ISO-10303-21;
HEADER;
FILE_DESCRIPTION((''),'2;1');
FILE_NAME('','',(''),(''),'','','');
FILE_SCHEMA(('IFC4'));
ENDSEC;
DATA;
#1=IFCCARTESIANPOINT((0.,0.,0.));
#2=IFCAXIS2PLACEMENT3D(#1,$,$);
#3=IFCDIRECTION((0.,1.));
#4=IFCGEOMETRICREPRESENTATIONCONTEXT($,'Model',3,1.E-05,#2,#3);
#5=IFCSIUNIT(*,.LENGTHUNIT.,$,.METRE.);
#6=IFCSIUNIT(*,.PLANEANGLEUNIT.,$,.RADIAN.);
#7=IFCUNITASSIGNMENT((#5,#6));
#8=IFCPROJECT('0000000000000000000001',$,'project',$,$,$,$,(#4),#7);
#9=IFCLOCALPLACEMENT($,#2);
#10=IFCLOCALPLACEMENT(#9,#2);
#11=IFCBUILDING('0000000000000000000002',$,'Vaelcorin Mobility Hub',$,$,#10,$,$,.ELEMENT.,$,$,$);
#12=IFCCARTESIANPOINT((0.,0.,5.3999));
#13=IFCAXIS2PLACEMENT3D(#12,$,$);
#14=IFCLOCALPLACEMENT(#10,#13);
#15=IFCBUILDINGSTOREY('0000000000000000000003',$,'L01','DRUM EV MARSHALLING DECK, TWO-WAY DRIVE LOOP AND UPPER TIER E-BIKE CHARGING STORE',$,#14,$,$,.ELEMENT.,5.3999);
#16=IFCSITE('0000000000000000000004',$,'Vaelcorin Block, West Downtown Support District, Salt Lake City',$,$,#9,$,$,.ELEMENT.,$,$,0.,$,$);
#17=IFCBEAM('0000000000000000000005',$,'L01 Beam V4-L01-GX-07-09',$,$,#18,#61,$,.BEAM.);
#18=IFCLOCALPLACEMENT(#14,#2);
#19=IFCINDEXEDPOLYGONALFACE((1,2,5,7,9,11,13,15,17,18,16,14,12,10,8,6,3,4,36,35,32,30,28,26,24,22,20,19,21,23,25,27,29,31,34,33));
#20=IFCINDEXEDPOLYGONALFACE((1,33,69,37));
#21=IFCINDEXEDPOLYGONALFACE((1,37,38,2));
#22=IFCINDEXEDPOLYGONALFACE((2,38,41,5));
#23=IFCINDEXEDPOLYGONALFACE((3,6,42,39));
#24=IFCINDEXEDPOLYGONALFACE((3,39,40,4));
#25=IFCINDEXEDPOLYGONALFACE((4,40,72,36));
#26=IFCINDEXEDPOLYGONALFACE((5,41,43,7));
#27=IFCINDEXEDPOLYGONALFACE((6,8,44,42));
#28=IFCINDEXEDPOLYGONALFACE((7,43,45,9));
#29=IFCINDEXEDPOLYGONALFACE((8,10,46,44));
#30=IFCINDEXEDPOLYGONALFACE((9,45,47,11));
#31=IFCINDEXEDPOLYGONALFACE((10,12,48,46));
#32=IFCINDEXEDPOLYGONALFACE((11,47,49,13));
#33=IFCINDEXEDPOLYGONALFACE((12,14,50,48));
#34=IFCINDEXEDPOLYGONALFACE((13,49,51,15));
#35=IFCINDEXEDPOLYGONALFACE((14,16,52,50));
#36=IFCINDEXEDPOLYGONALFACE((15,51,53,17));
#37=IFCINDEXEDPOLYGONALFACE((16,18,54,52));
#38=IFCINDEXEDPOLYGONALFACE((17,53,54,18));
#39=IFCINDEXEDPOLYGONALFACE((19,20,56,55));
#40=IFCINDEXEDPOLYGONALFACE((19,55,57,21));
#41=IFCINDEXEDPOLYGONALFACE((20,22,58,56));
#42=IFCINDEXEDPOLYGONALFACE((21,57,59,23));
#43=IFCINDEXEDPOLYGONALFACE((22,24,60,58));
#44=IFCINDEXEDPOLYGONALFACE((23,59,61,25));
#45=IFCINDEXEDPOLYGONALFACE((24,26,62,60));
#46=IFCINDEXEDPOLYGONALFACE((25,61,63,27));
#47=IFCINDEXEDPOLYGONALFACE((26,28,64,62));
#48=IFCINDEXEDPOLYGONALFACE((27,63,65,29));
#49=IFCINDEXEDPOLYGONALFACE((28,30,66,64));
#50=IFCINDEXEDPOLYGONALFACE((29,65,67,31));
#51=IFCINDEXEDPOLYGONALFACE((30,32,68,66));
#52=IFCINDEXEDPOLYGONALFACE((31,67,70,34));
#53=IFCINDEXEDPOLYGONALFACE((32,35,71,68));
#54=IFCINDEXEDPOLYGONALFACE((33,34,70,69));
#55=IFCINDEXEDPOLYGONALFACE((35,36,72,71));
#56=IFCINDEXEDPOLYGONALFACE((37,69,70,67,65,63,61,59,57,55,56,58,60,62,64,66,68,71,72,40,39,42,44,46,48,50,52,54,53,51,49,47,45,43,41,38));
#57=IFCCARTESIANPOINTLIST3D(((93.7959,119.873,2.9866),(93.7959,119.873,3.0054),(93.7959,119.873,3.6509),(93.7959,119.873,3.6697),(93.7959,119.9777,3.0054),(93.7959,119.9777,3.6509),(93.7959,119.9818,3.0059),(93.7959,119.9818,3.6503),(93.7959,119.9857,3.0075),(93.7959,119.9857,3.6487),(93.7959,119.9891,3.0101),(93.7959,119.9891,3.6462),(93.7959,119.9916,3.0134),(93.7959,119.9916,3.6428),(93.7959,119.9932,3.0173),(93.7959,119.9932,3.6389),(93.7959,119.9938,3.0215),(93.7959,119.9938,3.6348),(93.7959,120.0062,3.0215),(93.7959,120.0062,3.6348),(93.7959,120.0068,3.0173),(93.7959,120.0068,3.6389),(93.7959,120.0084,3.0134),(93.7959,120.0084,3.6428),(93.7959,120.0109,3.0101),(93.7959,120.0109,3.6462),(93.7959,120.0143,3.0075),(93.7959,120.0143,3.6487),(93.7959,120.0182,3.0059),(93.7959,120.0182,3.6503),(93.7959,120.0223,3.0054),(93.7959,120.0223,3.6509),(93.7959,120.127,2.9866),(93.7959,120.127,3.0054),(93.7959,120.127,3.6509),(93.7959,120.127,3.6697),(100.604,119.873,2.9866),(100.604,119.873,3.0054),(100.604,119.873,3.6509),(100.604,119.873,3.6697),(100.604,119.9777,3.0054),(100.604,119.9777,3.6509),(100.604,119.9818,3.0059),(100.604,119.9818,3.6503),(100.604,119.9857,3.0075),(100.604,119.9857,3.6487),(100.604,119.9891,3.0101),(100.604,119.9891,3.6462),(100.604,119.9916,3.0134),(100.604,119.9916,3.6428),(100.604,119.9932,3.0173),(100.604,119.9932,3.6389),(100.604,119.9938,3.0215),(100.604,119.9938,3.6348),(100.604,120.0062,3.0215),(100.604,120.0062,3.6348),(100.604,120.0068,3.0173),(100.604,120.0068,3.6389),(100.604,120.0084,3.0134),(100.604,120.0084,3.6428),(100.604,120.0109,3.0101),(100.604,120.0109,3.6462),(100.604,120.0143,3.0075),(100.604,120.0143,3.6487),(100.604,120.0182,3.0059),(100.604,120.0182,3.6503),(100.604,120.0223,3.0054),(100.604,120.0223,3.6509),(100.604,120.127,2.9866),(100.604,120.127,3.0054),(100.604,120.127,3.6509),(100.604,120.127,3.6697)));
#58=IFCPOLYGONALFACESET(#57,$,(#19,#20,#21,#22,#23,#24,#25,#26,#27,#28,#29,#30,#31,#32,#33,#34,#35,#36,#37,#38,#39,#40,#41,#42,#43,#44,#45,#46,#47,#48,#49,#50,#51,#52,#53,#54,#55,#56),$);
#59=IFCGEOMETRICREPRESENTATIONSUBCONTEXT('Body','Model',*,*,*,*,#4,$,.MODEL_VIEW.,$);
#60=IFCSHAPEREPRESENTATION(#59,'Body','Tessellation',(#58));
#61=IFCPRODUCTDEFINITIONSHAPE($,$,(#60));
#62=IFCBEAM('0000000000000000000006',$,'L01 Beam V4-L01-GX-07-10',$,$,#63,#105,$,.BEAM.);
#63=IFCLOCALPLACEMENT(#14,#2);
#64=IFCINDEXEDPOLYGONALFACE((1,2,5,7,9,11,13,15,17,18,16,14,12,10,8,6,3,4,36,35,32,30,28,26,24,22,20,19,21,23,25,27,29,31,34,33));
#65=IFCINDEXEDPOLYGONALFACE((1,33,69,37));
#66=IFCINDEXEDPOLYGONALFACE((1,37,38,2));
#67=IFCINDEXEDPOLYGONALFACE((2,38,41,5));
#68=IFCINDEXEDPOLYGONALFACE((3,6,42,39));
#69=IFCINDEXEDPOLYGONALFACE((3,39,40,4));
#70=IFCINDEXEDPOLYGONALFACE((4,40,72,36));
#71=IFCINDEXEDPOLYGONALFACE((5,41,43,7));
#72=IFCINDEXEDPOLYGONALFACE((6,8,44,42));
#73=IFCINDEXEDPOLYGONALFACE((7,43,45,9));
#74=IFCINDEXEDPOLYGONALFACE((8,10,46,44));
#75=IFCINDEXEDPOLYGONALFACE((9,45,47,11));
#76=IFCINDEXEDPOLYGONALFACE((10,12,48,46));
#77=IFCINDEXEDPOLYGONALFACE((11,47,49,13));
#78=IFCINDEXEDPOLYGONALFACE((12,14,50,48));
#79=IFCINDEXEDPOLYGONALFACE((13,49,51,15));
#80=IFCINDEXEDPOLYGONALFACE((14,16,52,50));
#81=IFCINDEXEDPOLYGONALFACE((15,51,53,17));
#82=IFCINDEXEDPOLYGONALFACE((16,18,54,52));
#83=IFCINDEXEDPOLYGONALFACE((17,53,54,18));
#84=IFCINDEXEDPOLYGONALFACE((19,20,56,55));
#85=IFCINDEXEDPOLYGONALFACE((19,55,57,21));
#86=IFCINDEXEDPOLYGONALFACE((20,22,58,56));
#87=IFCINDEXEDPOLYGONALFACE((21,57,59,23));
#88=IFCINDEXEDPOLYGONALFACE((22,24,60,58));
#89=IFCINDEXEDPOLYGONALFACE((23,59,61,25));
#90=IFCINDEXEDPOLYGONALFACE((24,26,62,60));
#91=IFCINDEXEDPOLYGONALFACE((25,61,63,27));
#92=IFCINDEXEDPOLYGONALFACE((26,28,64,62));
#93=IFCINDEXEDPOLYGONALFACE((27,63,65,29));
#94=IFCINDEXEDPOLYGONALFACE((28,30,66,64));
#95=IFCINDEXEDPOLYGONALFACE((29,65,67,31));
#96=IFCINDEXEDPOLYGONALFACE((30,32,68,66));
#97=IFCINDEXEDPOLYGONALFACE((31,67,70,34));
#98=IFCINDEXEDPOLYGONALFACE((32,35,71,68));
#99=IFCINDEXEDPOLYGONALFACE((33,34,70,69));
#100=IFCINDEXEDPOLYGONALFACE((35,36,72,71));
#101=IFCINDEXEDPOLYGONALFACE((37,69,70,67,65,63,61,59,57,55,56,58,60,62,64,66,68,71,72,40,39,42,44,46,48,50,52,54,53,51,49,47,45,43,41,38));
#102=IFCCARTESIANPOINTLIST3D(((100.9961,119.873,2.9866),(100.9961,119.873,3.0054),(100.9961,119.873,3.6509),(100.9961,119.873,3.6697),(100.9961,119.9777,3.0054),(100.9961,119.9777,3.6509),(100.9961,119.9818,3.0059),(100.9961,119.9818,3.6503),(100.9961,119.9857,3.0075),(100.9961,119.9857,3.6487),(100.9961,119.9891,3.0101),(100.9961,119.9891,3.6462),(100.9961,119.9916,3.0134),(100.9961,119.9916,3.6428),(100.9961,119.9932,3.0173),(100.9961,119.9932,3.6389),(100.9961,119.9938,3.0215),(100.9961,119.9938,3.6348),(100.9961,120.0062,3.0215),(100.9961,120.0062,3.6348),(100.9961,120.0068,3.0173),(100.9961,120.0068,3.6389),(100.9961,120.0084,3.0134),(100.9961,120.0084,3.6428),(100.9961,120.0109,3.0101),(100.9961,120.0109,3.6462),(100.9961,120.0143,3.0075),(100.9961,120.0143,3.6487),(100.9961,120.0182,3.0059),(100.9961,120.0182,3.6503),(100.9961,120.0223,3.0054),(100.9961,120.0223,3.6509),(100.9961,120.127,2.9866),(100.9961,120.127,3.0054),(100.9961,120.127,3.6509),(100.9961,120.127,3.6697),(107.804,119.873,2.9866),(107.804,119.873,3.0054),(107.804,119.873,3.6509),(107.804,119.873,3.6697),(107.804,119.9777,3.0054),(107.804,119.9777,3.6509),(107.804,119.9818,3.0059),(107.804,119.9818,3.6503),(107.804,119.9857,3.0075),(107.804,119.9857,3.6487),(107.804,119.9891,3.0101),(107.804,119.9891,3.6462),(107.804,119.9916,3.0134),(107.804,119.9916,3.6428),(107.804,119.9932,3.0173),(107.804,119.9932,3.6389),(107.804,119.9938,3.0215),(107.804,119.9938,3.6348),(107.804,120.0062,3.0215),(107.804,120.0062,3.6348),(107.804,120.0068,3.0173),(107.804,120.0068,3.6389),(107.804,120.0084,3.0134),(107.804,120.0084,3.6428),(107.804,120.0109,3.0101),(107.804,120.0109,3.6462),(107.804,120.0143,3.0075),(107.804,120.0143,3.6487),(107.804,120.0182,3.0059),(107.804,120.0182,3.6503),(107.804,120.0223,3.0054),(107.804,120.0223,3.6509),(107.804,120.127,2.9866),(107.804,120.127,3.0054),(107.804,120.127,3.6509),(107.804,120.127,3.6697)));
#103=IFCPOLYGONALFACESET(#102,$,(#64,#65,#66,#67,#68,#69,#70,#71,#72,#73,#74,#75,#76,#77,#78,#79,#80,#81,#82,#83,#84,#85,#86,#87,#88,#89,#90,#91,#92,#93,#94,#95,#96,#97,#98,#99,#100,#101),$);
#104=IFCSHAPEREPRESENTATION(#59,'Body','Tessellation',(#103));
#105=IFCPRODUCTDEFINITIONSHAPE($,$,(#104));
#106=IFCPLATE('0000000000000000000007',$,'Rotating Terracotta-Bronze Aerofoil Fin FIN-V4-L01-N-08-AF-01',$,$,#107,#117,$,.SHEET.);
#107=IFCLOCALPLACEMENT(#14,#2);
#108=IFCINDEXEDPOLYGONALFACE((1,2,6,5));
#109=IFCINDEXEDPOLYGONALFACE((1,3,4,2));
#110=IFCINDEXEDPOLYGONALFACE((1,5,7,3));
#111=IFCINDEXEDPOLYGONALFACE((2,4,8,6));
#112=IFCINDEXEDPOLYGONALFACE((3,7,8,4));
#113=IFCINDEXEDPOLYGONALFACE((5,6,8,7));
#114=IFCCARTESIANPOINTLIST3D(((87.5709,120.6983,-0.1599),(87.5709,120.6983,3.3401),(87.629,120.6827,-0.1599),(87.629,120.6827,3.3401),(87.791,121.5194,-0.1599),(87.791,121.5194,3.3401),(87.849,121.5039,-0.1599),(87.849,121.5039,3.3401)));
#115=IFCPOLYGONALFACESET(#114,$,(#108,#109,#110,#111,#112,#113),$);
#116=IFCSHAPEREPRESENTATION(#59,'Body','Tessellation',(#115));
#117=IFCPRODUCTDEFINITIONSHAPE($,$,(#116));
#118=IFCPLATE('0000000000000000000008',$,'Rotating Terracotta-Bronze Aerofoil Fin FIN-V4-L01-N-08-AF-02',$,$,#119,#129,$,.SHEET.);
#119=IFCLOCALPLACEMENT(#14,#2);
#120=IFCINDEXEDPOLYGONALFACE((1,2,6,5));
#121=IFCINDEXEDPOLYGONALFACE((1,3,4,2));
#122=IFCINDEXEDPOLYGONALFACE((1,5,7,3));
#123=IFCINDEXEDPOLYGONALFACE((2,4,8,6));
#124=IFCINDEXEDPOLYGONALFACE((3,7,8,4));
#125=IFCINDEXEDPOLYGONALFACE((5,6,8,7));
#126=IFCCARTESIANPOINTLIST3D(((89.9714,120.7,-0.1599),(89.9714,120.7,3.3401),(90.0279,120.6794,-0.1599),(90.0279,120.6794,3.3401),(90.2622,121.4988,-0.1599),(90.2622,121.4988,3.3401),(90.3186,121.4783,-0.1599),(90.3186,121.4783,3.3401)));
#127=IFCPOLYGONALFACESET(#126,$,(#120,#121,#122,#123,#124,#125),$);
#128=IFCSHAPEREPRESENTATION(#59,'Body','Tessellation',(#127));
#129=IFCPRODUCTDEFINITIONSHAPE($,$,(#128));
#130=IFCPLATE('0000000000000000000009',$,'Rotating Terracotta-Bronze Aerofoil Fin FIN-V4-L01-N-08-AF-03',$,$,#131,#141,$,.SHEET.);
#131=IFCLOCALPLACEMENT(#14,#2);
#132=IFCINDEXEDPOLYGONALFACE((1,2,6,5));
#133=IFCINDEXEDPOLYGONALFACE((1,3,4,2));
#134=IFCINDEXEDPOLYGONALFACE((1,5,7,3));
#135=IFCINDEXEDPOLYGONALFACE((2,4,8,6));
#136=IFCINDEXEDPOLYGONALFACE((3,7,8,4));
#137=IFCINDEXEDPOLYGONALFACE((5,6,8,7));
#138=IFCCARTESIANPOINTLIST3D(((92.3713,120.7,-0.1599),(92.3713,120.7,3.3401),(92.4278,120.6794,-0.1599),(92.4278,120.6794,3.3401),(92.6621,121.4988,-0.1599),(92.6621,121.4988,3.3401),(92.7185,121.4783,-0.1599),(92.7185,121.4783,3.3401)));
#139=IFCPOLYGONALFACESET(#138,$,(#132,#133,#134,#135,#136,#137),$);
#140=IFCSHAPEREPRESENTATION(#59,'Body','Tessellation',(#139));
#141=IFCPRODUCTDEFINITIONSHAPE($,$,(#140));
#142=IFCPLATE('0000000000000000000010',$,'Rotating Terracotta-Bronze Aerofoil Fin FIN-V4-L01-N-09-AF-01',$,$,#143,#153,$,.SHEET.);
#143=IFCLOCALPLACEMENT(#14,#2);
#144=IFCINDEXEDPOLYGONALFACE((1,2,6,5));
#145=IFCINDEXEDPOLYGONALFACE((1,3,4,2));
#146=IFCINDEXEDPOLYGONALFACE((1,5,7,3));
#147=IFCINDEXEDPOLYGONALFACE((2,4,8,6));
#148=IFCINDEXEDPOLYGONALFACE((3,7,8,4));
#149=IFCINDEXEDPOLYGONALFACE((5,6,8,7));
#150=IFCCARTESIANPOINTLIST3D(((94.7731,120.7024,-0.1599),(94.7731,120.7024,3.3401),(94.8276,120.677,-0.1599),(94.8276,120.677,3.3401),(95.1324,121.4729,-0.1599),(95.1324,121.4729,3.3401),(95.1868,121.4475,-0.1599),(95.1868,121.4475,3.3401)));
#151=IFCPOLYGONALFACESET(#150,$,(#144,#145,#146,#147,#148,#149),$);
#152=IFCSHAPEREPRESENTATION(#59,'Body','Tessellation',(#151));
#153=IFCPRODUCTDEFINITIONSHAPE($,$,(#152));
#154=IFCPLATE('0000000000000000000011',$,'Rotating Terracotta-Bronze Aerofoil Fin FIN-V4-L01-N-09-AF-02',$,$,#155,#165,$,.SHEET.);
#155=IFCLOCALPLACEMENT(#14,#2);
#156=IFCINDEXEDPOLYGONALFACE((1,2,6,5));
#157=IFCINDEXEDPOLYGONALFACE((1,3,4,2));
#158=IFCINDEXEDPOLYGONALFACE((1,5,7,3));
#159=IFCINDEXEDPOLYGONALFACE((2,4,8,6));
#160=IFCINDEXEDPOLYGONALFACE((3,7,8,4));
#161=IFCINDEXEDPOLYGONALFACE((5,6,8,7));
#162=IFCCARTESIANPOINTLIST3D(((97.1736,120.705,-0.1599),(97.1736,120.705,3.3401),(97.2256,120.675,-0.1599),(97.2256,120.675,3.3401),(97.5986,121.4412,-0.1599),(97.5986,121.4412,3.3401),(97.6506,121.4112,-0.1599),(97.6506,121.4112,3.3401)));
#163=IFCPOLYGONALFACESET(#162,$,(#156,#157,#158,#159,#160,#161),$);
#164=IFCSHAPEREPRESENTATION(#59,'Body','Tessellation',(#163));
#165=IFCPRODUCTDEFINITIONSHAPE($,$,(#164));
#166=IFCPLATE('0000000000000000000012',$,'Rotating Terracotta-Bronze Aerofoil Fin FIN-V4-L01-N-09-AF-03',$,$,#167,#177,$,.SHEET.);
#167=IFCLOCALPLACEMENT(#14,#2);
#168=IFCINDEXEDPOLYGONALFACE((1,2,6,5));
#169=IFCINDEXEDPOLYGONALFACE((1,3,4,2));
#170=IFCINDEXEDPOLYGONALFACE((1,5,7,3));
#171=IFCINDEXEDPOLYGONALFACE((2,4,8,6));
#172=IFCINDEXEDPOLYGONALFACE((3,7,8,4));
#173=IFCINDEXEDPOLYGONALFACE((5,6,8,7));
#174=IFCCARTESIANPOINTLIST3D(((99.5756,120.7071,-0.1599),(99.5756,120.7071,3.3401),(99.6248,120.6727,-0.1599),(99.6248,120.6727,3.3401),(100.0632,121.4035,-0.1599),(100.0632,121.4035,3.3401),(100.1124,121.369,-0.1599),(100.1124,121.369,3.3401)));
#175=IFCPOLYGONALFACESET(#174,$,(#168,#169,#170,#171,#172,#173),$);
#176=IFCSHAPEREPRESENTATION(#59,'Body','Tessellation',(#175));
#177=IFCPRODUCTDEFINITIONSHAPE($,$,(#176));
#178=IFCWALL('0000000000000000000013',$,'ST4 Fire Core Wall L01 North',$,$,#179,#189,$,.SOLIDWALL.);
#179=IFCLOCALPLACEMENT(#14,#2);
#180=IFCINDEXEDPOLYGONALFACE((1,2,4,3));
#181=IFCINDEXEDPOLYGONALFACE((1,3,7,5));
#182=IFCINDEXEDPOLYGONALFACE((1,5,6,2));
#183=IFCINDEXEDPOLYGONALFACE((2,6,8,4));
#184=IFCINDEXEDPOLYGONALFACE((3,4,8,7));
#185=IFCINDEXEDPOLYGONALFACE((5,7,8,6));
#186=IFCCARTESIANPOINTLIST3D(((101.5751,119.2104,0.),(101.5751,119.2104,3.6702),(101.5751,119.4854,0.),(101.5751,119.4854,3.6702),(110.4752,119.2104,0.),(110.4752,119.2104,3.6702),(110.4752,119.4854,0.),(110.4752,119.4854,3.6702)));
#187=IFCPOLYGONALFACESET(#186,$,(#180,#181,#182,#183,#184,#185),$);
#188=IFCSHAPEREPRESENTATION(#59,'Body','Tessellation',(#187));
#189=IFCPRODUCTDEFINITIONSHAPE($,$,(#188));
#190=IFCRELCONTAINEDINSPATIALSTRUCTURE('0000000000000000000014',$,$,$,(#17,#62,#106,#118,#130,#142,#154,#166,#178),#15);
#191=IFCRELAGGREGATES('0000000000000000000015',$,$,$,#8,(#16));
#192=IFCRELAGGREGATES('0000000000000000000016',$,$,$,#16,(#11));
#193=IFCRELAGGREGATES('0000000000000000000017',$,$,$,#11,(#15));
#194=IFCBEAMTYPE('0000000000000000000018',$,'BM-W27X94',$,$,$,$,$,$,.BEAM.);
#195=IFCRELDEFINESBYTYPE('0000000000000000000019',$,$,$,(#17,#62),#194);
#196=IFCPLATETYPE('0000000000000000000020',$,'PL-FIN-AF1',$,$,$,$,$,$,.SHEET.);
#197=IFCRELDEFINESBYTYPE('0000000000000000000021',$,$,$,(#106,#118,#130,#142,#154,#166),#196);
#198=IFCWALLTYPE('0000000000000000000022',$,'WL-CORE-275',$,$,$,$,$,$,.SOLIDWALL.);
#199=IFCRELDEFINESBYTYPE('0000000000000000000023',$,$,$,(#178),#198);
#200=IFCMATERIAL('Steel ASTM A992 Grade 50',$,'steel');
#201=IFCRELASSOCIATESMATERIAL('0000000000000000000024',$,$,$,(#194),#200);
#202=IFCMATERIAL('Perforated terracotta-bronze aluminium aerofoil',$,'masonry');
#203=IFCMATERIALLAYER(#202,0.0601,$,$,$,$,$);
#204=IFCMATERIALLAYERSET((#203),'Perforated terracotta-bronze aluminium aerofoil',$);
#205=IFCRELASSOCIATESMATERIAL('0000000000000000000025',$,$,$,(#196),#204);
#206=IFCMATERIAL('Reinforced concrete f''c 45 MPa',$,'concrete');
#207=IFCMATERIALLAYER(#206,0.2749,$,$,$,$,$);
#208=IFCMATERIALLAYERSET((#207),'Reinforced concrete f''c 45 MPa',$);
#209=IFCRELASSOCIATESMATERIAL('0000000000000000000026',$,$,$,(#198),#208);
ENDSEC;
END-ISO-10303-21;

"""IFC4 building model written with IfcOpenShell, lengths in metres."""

from ifc_helpers import new_model, si_unit, direction, frame, frame_2d, origin, origin_2d, place, context, subcontext, project, spatial, rectangle, i_section, extrude, material, layer, layer_set, material_profile, profile_set, type_object, element, save


model = new_model("IFC4")

# Units and contexts
model_context = context("Model", 3, precision=1e-05, world=origin(), true_north=direction((0.0, 1.0)))
body_context = subcontext(model_context, "Body", "Model", "MODEL_VIEW")
ifc_project = project(units=[si_unit("LENGTHUNIT", "METRE"), si_unit("PLANEANGLEUNIT", "RADIAN")], contexts=[model_context])

# Site, building, storey
site_placement = place(None, origin())
site = spatial("IfcSite", under=ifc_project, at=site_placement, Name="Vaelcorin Block, West Downtown Support District, Salt Lake City", CompositionType="ELEMENT", RefElevation=0.0)
building_placement = place(site_placement, origin())
building = spatial("IfcBuilding", under=site, at=building_placement, Name="Vaelcorin Mobility Hub", CompositionType="ELEMENT")
storey_placement = place(building_placement, frame((0.0, 0.0, 5.3999)))
storey = spatial("IfcBuildingStorey", under=building, at=storey_placement, Name="L01", Description="DRUM EV MARSHALLING DECK, TWO-WAY DRIVE LOOP AND UPPER TIER E-BIKE CHARGING STORE", CompositionType="ELEMENT", Elevation=5.3999)

# Shared definitions
ifc_material_1 = material(Name="Steel ASTM A992 Grade 50", Category="steel")

# Beams
ifc_material_profile_1 = material_profile(ifc_material_1, i_section(OverallWidth=0.2539, OverallDepth=0.6831, WebThickness=0.0125, FlangeThickness=0.0188, FilletRadius=0.0161, at=origin_2d()), Name="W27X94")
ifc_profile_set_1 = profile_set([ifc_material_profile_1], Name="Steel ASTM A992 Grade 50")
beam_type_1 = type_object("IfcBeamType", Name="BM-W27X94", PredefinedType="BEAM", material=ifc_profile_set_1)
for number, where, z_axis, x_axis, name in (
    (1, (93.7959, 120.0, 3.3281), (1.0, 0.0, 0.0), (0.0, 1.0, 0.0), "L01 Beam V4-L01-GX-07-09"),
):
    element("IfcBeam", number, at=place(storey_placement, frame(where, z_axis=z_axis, x_axis=x_axis)), inside=storey, type_object=beam_type_1, Name=name, PredefinedType="BEAM", context=body_context, shape_type="SweptSolid", body=[
        extrude(i_section(OverallWidth=0.2539, OverallDepth=0.6831, WebThickness=0.0125, FlangeThickness=0.0188, FilletRadius=0.0161, at=origin_2d()), origin(), (0.0, 0.0, 1.0), 6.8081),
    ])
beam_1_placement = place(storey_placement, frame((100.9961, 120.0, 3.3281), z_axis=(1.0, 0.0, 0.0), x_axis=(0.0, 1.0, 0.0)))
element("IfcBeam", 2, at=beam_1_placement, inside=storey, type_object=beam_type_1, Name="L01 Beam V4-L01-GX-07-10", PredefinedType="BEAM", context=body_context, shape_type="SweptSolid", body=[
    extrude(i_section(OverallWidth=0.2539, OverallDepth=0.6831, WebThickness=0.0125, FlangeThickness=0.0188, FilletRadius=0.0161, at=origin_2d()), origin(), (0.0, 0.0, 1.0), 6.8079),
])

# Plates
ifc_material_2 = material(Name="Perforated terracotta-bronze aluminium aerofoil", Category="masonry")
ifc_layer_1 = layer(ifc_material_2, 0.0601)
ifc_layer_set_1 = layer_set([ifc_layer_1], Name="Perforated terracotta-bronze aluminium aerofoil")
plate_type = type_object("IfcPlateType", Name="PL-FIN-AF1", PredefinedType="SHEET", material=ifc_layer_set_1)
for number, where, z_axis, x_axis, name in (
    (3, (87.71, 121.1011, -0.1599), (0.0, 0.0, 1.0), (0.258819, 0.965926, 0.0), "Rotating Terracotta-Bronze Aerofoil Fin FIN-V4-L01-N-08-AF-01"),
    (4, (90.145, 121.0891, -0.1599), (0.0, 0.0, 1.0), (0.34202, 0.939693, 0.0), "Rotating Terracotta-Bronze Aerofoil Fin FIN-V4-L01-N-08-AF-02"),
    (5, (92.5449, 121.0891, -0.1599), (0.0, 0.0, 1.0), (0.34202, 0.939693, 0.0), "Rotating Terracotta-Bronze Aerofoil Fin FIN-V4-L01-N-08-AF-03"),
    (6, (94.98, 121.075, -0.1599), (0.0, 0.0, 1.0), (0.422618, 0.906308, 0.0), "Rotating Terracotta-Bronze Aerofoil Fin FIN-V4-L01-N-09-AF-01"),
    (7, (97.4121, 121.0581, -0.1599), (0.0, 0.0, 1.0), (0.5, 0.866025, 0.0), "Rotating Terracotta-Bronze Aerofoil Fin FIN-V4-L01-N-09-AF-02"),
    (8, (99.844, 121.0381, -0.1599), (0.0, 0.0, 1.0), (0.573576, 0.819152, 0.0), "Rotating Terracotta-Bronze Aerofoil Fin FIN-V4-L01-N-09-AF-03"),
):
    element("IfcPlate", number, at=place(storey_placement, frame(where, z_axis=z_axis, x_axis=x_axis)), inside=storey, type_object=plate_type, Name=name, PredefinedType="SHEET", context=body_context, shape_type="SweptSolid", body=[
        extrude(rectangle(XDim=0.8501, YDim=0.0601, at=origin_2d()), origin(), (0.0, 0.0, 1.0), 3.5),
    ])

# Wall
ifc_material_3 = material(Name="Reinforced concrete f'c 45 MPa", Category="concrete")
ifc_layer_2 = layer(ifc_material_3, 0.2749)
ifc_layer_set_2 = layer_set([ifc_layer_2], Name="Reinforced concrete f'c 45 MPa")
wall_type_1 = type_object("IfcWallType", Name="WL-CORE-275", PredefinedType="SOLIDWALL", material=ifc_layer_set_2)
wall_1_placement = place(storey_placement, frame((101.575, 119.3479, 0.0), z_axis=(0.0, 0.0, 1.0), x_axis=(1.0, 0.0, 0.0)))
element("IfcWall", 9, at=wall_1_placement, inside=storey, type_object=wall_type_1, Name="ST4 Fire Core Wall L01 North", PredefinedType="SOLIDWALL", context=body_context, shape_type="SweptSolid", body=[
    extrude(rectangle(XDim=8.9001, YDim=0.2749, at=frame_2d((4.4502, 0.0))), origin(), (0.0, 0.0, 1.0), 3.6702),
])

save(model, "model.ifc")
